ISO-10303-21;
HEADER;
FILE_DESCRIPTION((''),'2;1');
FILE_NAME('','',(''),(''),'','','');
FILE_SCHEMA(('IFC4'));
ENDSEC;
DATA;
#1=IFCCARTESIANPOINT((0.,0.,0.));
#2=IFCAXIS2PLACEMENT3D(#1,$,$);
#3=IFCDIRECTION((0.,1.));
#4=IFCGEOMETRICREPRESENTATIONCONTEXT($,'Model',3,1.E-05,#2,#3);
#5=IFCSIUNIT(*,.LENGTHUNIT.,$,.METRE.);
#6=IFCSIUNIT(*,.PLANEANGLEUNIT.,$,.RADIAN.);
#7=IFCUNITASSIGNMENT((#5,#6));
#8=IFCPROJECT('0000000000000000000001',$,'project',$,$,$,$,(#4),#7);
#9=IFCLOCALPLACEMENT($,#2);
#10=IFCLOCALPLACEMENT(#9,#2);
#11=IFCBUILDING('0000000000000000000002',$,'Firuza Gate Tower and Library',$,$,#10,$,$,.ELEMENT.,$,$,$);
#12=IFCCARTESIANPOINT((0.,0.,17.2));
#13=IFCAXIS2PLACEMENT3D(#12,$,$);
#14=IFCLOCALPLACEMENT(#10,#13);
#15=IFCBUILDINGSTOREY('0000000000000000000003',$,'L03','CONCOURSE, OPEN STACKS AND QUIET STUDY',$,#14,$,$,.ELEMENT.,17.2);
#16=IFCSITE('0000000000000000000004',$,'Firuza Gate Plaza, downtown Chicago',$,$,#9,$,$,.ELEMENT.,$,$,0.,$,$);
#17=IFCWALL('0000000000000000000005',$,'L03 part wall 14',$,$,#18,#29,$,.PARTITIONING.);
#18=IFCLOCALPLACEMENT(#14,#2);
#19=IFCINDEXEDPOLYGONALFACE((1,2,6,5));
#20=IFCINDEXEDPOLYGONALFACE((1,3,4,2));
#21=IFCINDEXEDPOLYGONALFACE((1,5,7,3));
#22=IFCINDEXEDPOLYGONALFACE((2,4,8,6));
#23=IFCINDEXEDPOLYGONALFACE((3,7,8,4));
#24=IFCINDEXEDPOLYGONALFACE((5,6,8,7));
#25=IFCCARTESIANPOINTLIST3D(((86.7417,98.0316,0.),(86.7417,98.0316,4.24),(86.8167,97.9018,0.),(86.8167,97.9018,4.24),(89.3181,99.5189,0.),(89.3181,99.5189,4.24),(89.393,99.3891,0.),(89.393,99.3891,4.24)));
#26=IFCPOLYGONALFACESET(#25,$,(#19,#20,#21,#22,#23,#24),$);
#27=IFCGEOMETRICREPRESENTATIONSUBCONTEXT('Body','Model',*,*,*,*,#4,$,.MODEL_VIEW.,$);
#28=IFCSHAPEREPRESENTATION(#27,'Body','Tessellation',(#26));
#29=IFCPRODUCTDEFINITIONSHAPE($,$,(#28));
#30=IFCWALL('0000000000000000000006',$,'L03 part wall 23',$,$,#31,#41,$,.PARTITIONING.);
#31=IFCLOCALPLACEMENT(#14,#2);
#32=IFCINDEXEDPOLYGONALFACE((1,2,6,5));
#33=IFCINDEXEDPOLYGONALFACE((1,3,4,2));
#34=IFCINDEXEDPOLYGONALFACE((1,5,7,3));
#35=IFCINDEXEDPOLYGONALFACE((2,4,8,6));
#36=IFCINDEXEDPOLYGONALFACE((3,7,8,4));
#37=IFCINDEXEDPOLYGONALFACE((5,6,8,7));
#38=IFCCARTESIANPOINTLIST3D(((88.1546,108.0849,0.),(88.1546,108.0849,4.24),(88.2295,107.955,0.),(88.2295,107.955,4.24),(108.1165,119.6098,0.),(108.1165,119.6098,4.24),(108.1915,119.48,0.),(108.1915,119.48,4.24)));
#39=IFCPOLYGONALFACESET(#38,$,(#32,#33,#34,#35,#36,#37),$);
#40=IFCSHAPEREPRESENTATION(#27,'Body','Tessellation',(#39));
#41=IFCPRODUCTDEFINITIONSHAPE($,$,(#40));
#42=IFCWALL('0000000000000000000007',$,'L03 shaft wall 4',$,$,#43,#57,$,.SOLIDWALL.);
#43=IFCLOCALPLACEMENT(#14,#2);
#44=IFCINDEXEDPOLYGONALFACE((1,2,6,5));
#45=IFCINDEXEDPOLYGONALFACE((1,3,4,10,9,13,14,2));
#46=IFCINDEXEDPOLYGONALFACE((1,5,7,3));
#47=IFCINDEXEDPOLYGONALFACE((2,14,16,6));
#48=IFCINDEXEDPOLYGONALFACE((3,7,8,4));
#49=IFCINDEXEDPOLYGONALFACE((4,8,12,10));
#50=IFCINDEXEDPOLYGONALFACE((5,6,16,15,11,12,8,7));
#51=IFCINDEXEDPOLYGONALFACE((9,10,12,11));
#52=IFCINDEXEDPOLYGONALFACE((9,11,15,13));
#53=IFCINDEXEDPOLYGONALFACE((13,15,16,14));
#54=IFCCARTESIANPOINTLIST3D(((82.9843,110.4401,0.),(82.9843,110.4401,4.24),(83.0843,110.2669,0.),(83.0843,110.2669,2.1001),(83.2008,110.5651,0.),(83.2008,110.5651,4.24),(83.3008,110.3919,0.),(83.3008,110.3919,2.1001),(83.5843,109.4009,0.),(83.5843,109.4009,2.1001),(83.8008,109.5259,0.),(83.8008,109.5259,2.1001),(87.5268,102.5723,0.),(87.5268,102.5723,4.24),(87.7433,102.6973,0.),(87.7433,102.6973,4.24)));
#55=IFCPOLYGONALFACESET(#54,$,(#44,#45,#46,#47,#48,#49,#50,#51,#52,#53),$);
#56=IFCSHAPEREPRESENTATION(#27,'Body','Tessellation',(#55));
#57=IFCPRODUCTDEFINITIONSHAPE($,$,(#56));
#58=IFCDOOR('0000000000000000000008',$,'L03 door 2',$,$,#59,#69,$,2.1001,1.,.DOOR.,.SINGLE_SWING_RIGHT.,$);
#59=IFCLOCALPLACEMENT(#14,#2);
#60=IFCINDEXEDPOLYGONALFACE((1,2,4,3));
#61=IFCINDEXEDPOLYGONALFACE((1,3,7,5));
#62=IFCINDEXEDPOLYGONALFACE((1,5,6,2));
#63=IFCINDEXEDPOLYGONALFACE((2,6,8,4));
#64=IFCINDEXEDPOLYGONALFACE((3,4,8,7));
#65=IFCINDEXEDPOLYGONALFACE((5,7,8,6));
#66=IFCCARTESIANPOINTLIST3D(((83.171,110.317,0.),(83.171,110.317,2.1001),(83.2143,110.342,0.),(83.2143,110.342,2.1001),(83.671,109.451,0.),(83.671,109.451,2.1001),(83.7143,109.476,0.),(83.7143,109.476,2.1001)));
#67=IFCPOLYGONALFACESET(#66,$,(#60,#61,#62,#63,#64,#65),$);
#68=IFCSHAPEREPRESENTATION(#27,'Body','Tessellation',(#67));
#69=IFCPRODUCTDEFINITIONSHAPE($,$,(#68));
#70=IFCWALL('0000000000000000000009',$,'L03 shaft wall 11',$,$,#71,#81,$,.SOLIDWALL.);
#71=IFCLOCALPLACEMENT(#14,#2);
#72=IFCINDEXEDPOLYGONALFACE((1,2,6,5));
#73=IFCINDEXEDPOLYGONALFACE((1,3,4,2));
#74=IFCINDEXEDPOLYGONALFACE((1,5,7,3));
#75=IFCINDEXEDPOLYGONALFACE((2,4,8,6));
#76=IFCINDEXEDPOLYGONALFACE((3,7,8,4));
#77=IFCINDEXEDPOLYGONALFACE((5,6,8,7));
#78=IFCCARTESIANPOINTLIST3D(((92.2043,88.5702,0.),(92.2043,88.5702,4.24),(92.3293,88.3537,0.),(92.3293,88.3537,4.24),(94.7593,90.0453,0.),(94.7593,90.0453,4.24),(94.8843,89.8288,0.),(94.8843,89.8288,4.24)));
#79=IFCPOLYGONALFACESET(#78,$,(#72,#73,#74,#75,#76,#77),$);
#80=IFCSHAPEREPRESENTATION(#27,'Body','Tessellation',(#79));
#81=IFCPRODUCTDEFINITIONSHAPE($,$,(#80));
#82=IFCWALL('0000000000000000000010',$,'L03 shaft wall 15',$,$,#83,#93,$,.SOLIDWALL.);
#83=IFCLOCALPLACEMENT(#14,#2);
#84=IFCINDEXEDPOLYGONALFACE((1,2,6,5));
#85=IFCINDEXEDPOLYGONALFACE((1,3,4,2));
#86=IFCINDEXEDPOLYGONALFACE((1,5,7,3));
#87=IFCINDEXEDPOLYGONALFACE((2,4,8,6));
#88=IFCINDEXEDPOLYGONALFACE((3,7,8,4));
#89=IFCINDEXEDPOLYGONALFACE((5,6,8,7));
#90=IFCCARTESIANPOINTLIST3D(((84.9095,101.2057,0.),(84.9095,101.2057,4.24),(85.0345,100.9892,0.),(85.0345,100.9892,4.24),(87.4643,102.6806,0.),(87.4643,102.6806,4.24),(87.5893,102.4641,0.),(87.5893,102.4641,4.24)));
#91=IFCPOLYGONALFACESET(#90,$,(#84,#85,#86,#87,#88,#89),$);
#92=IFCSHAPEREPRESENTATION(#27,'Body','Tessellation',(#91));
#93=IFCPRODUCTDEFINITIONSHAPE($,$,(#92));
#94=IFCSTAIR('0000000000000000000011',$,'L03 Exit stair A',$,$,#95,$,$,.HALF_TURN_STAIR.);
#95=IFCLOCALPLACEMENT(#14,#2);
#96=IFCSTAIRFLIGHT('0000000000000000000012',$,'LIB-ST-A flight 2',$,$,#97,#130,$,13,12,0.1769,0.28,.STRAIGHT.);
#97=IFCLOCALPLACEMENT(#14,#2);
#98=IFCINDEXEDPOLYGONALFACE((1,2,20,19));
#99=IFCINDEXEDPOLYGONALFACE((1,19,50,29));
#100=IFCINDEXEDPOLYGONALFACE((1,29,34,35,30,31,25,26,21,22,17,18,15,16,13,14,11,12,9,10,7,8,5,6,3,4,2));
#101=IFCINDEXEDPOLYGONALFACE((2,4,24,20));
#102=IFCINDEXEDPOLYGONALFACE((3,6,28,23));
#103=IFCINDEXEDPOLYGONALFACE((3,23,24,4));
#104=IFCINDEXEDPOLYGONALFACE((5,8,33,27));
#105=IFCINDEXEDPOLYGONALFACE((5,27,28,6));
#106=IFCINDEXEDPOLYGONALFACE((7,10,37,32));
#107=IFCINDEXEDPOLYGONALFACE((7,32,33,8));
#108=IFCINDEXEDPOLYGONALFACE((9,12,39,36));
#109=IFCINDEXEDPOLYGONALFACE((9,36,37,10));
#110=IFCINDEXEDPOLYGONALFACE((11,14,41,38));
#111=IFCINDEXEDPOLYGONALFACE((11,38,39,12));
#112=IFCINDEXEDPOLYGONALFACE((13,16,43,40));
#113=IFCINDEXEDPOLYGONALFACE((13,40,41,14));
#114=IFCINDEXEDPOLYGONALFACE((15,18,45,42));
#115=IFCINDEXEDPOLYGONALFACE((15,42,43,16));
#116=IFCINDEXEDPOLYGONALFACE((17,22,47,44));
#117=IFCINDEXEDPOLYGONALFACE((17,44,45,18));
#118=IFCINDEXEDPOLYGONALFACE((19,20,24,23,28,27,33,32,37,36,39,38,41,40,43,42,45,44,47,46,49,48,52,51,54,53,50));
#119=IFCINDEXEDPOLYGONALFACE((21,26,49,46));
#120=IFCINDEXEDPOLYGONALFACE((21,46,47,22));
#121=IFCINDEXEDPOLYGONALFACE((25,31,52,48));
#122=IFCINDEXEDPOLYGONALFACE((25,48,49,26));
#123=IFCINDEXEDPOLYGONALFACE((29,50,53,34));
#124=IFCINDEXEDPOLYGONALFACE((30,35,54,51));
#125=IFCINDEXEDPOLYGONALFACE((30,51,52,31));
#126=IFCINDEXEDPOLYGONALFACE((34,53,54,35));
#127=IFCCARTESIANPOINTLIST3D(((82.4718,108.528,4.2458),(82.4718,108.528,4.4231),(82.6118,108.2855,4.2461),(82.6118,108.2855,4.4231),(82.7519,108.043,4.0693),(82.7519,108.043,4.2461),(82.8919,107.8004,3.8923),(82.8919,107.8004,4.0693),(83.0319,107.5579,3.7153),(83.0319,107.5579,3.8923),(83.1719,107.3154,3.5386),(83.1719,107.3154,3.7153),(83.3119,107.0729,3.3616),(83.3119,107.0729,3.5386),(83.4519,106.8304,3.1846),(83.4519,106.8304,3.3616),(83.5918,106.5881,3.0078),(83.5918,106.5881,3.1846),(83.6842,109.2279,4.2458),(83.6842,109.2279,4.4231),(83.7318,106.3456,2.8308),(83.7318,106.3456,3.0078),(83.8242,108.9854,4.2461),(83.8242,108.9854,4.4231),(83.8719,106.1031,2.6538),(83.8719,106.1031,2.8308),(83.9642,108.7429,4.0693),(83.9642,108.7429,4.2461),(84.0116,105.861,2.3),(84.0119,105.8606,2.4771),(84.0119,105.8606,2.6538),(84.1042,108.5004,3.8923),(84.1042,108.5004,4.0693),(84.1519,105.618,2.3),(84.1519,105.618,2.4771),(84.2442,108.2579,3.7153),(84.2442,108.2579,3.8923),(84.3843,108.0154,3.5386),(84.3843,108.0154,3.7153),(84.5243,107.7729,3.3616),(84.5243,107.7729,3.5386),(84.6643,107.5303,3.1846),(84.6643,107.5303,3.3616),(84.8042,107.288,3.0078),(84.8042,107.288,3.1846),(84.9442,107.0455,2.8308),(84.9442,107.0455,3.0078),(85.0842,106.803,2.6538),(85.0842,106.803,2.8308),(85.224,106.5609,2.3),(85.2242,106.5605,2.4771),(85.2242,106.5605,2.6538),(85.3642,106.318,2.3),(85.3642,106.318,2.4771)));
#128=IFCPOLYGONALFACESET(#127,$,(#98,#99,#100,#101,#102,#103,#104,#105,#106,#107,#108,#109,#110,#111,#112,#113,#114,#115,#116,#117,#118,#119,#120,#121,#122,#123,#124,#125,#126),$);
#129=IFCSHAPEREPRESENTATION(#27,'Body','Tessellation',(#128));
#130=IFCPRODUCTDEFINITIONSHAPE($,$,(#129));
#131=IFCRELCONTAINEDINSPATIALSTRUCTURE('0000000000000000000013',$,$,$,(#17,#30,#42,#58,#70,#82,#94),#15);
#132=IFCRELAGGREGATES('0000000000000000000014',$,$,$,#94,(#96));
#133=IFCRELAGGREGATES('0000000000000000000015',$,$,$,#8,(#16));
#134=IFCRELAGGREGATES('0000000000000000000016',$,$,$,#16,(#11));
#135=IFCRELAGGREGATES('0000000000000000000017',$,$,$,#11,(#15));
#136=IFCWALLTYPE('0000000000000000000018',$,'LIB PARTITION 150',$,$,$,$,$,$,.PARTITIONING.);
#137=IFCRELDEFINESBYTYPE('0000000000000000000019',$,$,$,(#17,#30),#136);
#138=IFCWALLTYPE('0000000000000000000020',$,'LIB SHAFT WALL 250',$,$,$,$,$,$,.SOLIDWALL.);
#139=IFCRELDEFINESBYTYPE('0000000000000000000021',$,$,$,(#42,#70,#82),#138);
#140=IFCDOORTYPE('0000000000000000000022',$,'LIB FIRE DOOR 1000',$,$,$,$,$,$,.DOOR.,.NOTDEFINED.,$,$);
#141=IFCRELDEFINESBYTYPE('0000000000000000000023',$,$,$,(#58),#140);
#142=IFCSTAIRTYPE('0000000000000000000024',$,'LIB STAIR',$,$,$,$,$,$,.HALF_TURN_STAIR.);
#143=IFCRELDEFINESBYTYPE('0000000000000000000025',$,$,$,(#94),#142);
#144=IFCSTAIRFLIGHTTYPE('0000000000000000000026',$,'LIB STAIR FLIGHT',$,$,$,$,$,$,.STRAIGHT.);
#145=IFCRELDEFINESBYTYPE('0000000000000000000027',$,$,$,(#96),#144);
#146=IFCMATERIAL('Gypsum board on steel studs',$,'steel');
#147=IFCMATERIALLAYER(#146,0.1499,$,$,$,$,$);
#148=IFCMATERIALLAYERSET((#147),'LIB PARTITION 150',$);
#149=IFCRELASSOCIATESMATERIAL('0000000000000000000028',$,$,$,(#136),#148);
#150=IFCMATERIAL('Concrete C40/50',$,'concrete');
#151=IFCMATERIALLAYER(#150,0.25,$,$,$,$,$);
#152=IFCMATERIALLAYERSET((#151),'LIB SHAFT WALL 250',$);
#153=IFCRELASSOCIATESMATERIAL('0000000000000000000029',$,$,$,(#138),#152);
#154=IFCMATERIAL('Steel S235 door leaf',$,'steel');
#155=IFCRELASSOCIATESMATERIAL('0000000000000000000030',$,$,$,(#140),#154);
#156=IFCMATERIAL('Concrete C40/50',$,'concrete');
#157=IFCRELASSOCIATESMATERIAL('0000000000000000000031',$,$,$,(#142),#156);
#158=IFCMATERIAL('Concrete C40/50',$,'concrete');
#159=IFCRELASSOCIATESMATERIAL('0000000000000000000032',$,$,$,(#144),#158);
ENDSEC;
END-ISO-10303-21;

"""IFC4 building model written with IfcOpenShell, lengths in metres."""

from ifc_helpers import new_model, si_unit, direction, frame, frame_2d, origin, place, context, subcontext, project, spatial, polyline, rectangle, outline, extrude, material, layer, layer_set, type_object, element, fill, aggregate, save


model = new_model("IFC4")

# Units and contexts
model_context = context("Model", 3, precision=1e-05, world=origin(), true_north=direction((0.0, 1.0)))
body_context = subcontext(model_context, "Body", "Model", "MODEL_VIEW")
ifc_project = project(units=[si_unit("LENGTHUNIT", "METRE"), si_unit("PLANEANGLEUNIT", "RADIAN")], contexts=[model_context])

# Site, building, storey
site_placement = place(None, origin())
site = spatial("IfcSite", under=ifc_project, at=site_placement, Name="Firuza Gate Plaza, downtown Chicago", CompositionType="ELEMENT", RefElevation=0.0)
building_placement = place(site_placement, origin())
building = spatial("IfcBuilding", under=site, at=building_placement, Name="Firuza Gate Tower and Library", CompositionType="ELEMENT")
storey_placement = place(building_placement, frame((0.0, 0.0, 17.2)))
storey = spatial("IfcBuildingStorey", under=building, at=storey_placement, Name="L03", Description="CONCOURSE, OPEN STACKS AND QUIET STUDY", CompositionType="ELEMENT", Elevation=17.2)

# Shared definitions
placement = place(storey_placement, origin())

# Walls
ifc_material_1 = material(Name="Gypsum board on steel studs", Category="steel")
ifc_layer_1 = layer(ifc_material_1, 0.1499)
ifc_layer_set_1 = layer_set([ifc_layer_1], Name="LIB PARTITION 150")
wall_type_1 = type_object("IfcWallType", Name="LIB PARTITION 150", PredefinedType="PARTITIONING", material=ifc_layer_set_1)
wall_1_placement = place(storey_placement, frame((86.7793, 97.9668, 0.0), z_axis=(0.0, 0.0, 1.0), x_axis=(0.866053, 0.499952, 0.0)))
element("IfcWall", 1, at=wall_1_placement, inside=storey, type_object=wall_type_1, Name="L03 part wall 14", PredefinedType="PARTITIONING", context=body_context, shape_type="SweptSolid", body=[
    extrude(rectangle(XDim=2.9749, YDim=0.1499, at=frame_2d((1.4873, 0.0))), origin(), (0.0, 0.0, 1.0), 4.24),
])
wall_2_placement = place(storey_placement, frame((88.1921, 108.02, 0.0), z_axis=(0.0, 0.0, 1.0), x_axis=(0.866028, 0.499996, 0.0)))
element("IfcWall", 2, at=wall_2_placement, inside=storey, type_object=wall_type_1, Name="L03 part wall 23", PredefinedType="PARTITIONING", context=body_context, shape_type="SweptSolid", body=[
    extrude(rectangle(XDim=23.05, YDim=0.1499, at=frame_2d((11.5249, 0.0))), origin(), (0.0, 0.0, 1.0), 4.24),
])

# Wall, opening, door
ifc_material_2 = material(Name="Concrete C40/50", Category="concrete")
ifc_layer_2 = layer(ifc_material_2, 0.25)
ifc_layer_set_2 = layer_set([ifc_layer_2], Name="LIB SHAFT WALL 250")
wall_type_2 = type_object("IfcWallType", Name="LIB SHAFT WALL 250", PredefinedType="SOLIDWALL", material=ifc_layer_set_2)
wall_3_placement = place(storey_placement, frame((87.635, 102.6348, 0.0), z_axis=(0.0, 0.0, 1.0), x_axis=(-0.499995, 0.866029, 0.0)))
wall_3 = element("IfcWall", 3, at=wall_3_placement, inside=storey, type_object=wall_type_2, Name="L03 shaft wall 4", PredefinedType="SOLIDWALL", context=body_context, shape_type="SweptSolid", body=[
    extrude(rectangle(XDim=9.085, YDim=0.25, at=frame_2d((4.5425, 0.0))), origin(), (0.0, 0.0, 1.0), 4.24),
])
opening_placement = place(wall_3_placement, frame((7.885, 0.0, 0.0)))
opening = element("IfcOpeningElement", 4, at=opening_placement, cuts=wall_3, PredefinedType="OPENING", context=body_context, shape_type="SweptSolid", body=[
    extrude(rectangle(XDim=1.0, YDim=2.1001, at=frame_2d((0.5, 1.05))), frame((0.0, 0.135, 0.0), z_axis=(0.0, -1.0, 0.0), x_axis=(1.0, 0.0, 0.0)), (0.0, 0.0, 1.0), 0.27),
])
ifc_material_3 = material(Name="Steel S235 door leaf", Category="steel")
door_type = type_object("IfcDoorType", Name="LIB FIRE DOOR 1000", OperationType="NOTDEFINED", PredefinedType="DOOR", material=ifc_material_3)
door_placement = place(opening_placement, origin())
door = element("IfcDoor", 5, at=door_placement, inside=storey, type_object=door_type, Name="L03 door 2", OperationType="SINGLE_SWING_RIGHT", OverallHeight=2.1001, OverallWidth=1.0, PredefinedType="DOOR", context=body_context, shape_type="SweptSolid", body=[
    extrude(rectangle(XDim=1.0, YDim=2.1001, at=frame_2d((0.5, 1.05))), frame((0.0, 0.0249, 0.0), z_axis=(0.0, -1.0, 0.0), x_axis=(1.0, 0.0, 0.0)), (0.0, 0.0, 1.0), 0.05),
])
fill(opening, door)

# Walls
wall_4_placement = place(storey_placement, frame((92.2668, 88.4619, 0.0), z_axis=(0.0, 0.0, 1.0), x_axis=(0.866024, 0.500002, 0.0)))
element("IfcWall", 6, at=wall_4_placement, inside=storey, type_object=wall_type_2, Name="L03 shaft wall 11", PredefinedType="SOLIDWALL", context=body_context, shape_type="SweptSolid", body=[
    extrude(rectangle(XDim=2.9502, YDim=0.25, at=frame_2d((1.4751, 0.0))), origin(), (0.0, 0.0, 1.0), 4.24),
])
wall_5_placement = place(storey_placement, frame((84.9719, 101.0974, 0.0), z_axis=(0.0, 0.0, 1.0), x_axis=(0.866039, 0.499976, 0.0)))
element("IfcWall", 7, at=wall_5_placement, inside=storey, type_object=wall_type_2, Name="L03 shaft wall 15", PredefinedType="SOLIDWALL", context=body_context, shape_type="SweptSolid", body=[
    extrude(rectangle(XDim=2.95, YDim=0.25, at=frame_2d((1.4751, 0.0))), origin(), (0.0, 0.0, 1.0), 4.24),
])

# Stair, stair flight
ifc_material_4 = material(Name="Concrete C40/50", Category="concrete")
stair_type = type_object("IfcStairType", Name="LIB STAIR", PredefinedType="HALF_TURN_STAIR", material=ifc_material_4)
stair = element("IfcStair", 8, at=placement, inside=storey, type_object=stair_type, Name="L03 Exit stair A", PredefinedType="HALF_TURN_STAIR")
ifc_material_5 = material(Name="Concrete C40/50", Category="concrete")
stair_flight_type = type_object("IfcStairFlightType", Name="LIB STAIR FLIGHT", PredefinedType="STRAIGHT", material=ifc_material_5)
stair_flight_placement = place(storey_placement, frame((84.7581, 105.968, 2.3), z_axis=(0.0, 0.0, 1.0), x_axis=(-0.5, 0.866025, 0.0)))
stair_flight = element("IfcStairFlight", 9, at=stair_flight_placement, type_object=stair_flight_type, Name="LIB-ST-A flight 2", NumberOfRisers=13, NumberOfTreads=12, PredefinedType="STRAIGHT", RiserHeight=0.1769, TreadLength=0.28, context=body_context, shape_type="SweptSolid", body=[
    extrude(outline(polyline([(0.0, 0.0), (0.0, 0.177), (0.28, 0.177), (0.28, 0.3538), (0.5601, 0.3538), (0.5601, 0.5308), (0.8401, 0.5308), (0.8401, 0.7078), (1.1201, 0.7078), (1.1201, 0.8845), (1.3999, 0.8845), (1.3999, 1.0615), (1.6799, 1.0615), (1.6799, 1.2385), (1.96, 1.2385), (1.96, 1.4153), (2.24, 1.4153), (2.24, 1.5923), (2.52, 1.5923), (2.52, 1.7693), (2.8, 1.7693), (2.8, 1.946), (3.0801, 1.946), (3.0801, 2.123), (3.3601, 2.123), (3.3601, 2.3), (3.3601, 1.9458), (0.2805, 0.0), (0.0, 0.0)])), frame((0.0, 0.7, 0.0), z_axis=(0.0, -1.0, 0.0), x_axis=(1.0, 0.0, 0.0)), (0.0, 0.0, 1.0), 1.3999),
])
aggregate(stair, [stair_flight])

save(model, "model.ifc")
